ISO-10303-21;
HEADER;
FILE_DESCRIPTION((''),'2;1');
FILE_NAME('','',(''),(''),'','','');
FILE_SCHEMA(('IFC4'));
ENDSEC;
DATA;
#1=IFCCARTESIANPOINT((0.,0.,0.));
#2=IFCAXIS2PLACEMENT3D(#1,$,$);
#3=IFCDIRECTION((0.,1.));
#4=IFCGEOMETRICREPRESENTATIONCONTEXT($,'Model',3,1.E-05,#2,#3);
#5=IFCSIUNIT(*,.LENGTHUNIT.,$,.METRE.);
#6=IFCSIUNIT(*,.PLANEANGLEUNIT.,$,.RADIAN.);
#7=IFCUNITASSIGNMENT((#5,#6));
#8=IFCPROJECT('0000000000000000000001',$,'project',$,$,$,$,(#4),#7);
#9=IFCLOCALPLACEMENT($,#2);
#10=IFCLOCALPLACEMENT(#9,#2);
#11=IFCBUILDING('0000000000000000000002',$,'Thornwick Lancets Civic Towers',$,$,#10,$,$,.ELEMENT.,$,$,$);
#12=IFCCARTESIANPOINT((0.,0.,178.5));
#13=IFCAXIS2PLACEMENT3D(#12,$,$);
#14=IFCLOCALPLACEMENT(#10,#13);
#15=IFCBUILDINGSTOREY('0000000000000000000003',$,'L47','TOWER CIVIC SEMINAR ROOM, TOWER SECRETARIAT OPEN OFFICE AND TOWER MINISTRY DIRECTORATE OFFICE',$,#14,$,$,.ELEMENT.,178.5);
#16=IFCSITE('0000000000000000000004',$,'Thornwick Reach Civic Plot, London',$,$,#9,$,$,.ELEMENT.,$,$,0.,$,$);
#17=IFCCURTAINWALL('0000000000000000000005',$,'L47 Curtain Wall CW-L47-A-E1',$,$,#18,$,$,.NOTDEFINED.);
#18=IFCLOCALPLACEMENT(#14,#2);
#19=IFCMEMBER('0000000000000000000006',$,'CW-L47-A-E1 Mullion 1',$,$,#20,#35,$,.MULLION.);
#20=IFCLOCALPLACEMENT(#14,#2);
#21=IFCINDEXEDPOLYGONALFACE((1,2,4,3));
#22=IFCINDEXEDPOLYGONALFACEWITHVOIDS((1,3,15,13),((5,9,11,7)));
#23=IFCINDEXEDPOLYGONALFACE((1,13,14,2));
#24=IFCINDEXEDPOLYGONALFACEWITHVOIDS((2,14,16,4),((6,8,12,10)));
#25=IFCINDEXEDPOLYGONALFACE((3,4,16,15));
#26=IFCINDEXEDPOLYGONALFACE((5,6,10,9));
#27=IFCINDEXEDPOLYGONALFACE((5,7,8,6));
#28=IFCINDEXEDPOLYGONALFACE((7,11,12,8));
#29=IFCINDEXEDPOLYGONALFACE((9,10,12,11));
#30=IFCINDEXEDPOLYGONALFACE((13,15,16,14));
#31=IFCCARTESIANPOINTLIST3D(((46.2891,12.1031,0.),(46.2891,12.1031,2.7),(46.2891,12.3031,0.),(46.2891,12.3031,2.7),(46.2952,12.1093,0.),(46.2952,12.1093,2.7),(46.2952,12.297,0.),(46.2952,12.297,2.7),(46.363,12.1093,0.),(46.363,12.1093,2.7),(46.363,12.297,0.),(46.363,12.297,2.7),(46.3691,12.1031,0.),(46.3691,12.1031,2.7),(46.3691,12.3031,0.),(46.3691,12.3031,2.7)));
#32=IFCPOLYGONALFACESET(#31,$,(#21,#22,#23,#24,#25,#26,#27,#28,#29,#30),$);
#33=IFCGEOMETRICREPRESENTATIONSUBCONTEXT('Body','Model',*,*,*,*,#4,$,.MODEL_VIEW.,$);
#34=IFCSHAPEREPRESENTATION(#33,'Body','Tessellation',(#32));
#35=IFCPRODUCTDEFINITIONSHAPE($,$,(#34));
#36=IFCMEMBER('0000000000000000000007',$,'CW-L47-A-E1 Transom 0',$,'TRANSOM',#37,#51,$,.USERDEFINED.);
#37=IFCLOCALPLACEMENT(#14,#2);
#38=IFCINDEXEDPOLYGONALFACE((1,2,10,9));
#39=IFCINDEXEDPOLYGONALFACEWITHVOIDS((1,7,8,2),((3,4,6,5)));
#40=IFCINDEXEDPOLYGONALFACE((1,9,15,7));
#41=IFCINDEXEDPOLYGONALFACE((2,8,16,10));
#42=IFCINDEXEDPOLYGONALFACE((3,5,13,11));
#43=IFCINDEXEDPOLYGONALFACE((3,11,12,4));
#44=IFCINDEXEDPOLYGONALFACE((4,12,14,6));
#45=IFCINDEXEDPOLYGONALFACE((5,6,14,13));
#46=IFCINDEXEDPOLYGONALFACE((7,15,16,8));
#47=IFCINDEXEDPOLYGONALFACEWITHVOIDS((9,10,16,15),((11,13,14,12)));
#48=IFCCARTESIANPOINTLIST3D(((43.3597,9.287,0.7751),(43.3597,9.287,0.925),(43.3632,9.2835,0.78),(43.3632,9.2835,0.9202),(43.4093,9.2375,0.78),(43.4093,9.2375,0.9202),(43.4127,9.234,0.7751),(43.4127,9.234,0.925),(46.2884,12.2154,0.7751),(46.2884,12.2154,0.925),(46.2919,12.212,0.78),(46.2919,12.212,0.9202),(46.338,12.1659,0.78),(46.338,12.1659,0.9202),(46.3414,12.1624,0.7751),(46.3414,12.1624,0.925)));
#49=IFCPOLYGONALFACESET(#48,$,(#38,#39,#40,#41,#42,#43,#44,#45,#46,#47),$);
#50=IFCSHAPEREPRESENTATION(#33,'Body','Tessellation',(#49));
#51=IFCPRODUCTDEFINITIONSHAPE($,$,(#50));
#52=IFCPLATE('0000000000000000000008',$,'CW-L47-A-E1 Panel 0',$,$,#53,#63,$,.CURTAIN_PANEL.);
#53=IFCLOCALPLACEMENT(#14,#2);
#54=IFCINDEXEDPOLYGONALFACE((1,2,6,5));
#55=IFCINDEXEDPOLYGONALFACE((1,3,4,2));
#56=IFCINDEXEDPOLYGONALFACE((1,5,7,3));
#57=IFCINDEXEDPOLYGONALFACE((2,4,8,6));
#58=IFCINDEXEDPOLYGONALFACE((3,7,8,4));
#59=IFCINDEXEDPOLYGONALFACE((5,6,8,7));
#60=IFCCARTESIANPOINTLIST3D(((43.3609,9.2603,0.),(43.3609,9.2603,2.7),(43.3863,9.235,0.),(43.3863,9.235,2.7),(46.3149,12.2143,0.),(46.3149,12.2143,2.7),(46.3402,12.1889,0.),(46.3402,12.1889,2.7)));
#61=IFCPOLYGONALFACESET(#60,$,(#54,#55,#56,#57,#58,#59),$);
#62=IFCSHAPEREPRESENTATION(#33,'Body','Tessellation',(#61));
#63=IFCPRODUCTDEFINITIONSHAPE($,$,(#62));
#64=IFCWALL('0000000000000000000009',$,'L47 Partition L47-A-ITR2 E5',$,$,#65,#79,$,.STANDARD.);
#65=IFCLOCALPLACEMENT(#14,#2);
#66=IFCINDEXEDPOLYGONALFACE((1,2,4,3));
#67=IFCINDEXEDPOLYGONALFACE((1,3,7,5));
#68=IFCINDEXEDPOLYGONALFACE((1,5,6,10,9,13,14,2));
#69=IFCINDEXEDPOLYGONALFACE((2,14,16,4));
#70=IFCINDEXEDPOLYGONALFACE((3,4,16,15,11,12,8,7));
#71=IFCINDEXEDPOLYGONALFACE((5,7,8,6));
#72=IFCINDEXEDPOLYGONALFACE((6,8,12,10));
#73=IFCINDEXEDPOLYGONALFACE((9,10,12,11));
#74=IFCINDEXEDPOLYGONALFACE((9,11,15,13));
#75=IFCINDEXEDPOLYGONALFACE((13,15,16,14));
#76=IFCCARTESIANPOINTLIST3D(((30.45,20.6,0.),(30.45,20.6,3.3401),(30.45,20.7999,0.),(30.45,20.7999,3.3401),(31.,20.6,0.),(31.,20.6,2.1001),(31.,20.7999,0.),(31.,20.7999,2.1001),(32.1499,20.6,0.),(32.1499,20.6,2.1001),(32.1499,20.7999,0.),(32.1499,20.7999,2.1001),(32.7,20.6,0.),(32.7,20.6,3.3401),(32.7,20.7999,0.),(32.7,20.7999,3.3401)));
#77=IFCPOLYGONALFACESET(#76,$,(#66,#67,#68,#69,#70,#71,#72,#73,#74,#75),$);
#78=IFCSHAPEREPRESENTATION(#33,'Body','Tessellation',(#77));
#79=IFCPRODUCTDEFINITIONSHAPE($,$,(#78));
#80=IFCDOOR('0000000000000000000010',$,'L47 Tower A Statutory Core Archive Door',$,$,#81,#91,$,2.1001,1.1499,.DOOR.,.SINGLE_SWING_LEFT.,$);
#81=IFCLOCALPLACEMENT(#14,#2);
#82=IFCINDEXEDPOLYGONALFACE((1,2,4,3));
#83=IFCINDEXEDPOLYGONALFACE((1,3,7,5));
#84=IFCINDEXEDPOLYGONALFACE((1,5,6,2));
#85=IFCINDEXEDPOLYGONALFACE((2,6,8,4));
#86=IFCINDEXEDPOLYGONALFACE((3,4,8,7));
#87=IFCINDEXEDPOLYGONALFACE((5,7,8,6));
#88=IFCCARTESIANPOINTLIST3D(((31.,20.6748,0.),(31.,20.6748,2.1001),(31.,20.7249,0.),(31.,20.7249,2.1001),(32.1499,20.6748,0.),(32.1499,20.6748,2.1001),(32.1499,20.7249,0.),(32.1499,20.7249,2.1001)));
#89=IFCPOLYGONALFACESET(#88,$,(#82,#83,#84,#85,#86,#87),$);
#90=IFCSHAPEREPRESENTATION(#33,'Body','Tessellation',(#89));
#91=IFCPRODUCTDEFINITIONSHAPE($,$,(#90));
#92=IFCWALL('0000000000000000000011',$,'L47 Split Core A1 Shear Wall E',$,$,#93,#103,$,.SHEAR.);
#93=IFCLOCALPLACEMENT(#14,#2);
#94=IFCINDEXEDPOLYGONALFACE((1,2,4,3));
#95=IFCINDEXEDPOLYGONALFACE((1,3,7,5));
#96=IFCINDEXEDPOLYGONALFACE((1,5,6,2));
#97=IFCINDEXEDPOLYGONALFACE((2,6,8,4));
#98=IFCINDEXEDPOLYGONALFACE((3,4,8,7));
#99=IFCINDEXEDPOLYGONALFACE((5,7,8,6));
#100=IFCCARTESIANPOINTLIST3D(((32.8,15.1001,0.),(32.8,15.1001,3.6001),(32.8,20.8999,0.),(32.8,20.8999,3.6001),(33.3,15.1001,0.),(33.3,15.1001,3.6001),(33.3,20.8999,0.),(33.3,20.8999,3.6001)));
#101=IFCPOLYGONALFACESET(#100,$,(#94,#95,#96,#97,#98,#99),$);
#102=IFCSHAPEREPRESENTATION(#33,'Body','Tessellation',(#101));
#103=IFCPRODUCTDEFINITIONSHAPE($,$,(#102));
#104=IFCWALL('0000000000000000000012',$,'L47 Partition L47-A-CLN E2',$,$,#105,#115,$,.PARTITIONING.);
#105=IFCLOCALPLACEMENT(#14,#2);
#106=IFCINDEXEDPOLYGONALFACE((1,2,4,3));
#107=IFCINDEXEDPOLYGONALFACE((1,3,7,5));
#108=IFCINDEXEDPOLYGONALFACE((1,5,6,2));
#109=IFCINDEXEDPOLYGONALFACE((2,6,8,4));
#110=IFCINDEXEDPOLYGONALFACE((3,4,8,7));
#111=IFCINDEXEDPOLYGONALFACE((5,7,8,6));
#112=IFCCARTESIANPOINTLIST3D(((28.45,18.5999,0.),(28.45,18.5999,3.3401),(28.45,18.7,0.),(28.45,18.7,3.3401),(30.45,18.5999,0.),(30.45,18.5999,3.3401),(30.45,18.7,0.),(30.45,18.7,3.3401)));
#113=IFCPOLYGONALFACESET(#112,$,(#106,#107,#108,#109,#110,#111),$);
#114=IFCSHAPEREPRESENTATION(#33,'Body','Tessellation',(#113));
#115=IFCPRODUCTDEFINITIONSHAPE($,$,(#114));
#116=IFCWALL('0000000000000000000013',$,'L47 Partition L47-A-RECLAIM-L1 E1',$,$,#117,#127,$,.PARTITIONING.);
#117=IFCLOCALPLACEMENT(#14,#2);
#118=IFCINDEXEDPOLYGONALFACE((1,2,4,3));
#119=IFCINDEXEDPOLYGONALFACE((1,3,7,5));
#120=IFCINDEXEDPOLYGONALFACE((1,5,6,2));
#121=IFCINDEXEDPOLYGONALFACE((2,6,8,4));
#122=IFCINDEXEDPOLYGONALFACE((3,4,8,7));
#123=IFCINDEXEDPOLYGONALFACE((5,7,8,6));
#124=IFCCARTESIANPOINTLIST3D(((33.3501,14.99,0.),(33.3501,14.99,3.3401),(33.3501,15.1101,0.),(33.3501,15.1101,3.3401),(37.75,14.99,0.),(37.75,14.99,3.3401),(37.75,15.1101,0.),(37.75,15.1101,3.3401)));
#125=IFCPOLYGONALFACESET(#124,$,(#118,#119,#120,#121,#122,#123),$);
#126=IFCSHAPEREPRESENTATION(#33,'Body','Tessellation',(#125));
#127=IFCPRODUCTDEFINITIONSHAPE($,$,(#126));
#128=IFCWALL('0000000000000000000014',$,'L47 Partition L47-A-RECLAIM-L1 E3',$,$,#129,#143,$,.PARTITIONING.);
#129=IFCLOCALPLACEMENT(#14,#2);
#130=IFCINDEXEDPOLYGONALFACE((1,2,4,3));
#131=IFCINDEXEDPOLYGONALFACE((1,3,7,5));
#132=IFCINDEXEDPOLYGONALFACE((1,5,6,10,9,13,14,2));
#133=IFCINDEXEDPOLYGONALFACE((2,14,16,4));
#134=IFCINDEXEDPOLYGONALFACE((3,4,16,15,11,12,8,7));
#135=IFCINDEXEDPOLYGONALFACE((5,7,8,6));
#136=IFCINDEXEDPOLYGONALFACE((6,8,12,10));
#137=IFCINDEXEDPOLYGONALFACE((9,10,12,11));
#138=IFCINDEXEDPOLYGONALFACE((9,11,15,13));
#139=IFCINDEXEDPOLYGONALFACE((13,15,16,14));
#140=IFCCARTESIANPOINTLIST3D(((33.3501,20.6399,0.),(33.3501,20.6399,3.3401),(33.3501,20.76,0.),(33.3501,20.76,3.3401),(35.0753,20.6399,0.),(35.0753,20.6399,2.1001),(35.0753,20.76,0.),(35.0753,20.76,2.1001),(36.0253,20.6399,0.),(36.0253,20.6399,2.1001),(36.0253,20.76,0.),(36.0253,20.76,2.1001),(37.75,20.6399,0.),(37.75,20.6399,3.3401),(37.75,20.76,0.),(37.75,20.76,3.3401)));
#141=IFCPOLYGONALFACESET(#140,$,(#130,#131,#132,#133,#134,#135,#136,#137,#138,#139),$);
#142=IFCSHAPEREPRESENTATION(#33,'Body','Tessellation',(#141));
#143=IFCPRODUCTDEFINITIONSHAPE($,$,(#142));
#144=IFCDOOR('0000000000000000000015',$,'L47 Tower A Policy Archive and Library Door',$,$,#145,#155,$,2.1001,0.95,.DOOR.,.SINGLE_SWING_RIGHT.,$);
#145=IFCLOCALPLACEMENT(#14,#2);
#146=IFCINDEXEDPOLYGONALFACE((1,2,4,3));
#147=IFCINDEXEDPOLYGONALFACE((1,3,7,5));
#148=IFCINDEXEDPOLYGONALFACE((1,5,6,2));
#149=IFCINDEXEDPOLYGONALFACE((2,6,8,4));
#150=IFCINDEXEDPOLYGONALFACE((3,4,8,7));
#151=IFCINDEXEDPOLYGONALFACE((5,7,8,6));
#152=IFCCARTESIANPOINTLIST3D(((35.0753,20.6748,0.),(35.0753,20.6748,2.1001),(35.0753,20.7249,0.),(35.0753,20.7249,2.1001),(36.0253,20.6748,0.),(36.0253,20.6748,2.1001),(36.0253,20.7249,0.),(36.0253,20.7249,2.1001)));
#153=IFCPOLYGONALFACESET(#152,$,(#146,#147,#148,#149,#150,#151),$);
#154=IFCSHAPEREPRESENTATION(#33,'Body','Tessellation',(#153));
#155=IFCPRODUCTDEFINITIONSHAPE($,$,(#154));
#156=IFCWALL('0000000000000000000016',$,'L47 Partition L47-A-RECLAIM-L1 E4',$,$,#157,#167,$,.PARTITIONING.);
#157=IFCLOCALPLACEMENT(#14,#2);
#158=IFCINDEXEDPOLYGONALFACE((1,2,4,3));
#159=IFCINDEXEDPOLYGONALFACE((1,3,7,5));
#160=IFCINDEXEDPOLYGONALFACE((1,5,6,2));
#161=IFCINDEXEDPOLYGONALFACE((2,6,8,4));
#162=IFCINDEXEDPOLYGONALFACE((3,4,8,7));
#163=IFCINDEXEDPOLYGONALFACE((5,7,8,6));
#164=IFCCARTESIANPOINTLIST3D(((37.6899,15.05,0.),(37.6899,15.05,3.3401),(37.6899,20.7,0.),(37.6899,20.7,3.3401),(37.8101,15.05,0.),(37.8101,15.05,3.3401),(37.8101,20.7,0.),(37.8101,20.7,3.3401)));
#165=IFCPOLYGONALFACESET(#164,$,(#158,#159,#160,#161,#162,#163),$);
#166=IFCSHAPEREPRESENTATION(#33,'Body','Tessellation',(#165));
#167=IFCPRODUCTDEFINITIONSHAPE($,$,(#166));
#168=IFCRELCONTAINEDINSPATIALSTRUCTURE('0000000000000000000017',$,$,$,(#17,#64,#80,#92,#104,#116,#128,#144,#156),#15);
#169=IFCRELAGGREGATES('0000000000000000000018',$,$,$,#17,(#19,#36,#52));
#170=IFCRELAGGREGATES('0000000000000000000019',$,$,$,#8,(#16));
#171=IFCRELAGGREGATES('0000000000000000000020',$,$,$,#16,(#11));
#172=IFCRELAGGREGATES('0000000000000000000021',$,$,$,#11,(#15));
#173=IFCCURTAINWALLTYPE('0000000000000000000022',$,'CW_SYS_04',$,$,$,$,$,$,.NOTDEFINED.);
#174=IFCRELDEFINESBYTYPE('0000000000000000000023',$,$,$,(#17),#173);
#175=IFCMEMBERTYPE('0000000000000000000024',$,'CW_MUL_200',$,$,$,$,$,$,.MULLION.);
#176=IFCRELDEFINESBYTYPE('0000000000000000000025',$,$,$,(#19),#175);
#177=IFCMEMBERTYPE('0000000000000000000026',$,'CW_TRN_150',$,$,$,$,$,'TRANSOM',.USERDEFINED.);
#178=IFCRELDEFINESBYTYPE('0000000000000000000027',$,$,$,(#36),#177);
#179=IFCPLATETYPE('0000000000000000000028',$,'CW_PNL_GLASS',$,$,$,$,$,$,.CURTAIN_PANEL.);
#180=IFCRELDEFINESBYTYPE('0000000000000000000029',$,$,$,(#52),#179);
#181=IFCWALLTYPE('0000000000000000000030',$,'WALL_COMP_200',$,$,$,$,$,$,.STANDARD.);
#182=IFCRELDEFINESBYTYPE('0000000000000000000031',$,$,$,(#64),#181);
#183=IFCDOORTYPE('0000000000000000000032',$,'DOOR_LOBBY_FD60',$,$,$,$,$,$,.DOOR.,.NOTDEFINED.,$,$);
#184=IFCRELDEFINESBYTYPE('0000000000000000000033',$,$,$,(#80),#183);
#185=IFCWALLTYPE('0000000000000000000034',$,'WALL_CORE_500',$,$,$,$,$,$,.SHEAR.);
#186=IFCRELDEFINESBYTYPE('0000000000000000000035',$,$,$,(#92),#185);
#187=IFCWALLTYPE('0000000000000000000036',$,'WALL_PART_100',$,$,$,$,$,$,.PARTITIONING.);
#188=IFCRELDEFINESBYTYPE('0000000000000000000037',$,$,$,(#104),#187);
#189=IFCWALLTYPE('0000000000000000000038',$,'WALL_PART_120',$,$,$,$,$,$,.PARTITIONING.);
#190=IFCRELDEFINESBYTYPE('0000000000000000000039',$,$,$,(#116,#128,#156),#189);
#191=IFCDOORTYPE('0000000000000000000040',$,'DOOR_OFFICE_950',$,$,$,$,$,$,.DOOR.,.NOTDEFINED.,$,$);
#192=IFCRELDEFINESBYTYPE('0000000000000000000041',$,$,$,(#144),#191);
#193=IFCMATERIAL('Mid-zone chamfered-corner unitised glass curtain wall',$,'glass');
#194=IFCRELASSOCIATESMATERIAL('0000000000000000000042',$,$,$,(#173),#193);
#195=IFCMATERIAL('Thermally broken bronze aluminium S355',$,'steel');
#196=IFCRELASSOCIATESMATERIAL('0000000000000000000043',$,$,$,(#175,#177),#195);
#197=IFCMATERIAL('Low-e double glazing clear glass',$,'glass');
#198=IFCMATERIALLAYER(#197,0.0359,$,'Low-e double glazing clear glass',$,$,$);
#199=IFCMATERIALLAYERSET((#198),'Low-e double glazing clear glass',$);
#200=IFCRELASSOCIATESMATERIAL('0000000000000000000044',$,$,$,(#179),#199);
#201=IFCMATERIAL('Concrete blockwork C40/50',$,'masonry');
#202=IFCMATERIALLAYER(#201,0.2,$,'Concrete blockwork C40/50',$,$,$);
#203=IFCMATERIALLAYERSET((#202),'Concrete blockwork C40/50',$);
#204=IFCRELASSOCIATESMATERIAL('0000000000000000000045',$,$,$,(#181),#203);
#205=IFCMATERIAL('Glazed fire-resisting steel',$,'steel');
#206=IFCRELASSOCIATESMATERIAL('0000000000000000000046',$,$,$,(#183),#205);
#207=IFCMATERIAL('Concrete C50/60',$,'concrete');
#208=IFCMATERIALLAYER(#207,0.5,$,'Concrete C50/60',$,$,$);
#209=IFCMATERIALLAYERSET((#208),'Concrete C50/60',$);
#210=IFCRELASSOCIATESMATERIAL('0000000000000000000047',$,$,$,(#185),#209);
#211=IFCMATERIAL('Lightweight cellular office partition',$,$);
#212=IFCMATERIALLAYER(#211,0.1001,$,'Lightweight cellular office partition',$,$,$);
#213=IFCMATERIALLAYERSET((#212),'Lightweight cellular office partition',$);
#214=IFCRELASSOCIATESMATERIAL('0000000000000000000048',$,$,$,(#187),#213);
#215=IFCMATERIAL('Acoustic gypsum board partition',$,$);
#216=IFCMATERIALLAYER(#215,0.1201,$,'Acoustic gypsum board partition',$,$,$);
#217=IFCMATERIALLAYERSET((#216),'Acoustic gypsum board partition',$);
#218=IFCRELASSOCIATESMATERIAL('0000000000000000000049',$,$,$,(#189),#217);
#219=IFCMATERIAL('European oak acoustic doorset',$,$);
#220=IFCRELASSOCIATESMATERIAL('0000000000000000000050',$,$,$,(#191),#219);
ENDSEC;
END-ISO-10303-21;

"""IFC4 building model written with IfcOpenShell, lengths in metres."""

from ifc_helpers import new_model, si_unit, direction, frame, frame_2d, origin, origin_2d, place, context, subcontext, project, spatial, rectangle, hollow_rectangle, extrude, material, layer, layer_set, material_profile, profile_set, type_object, element, fill, aggregate, save


model = new_model("IFC4")

# Units and contexts
model_context = context("Model", 3, precision=1e-05, world=origin(), true_north=direction((0.0, 1.0)))
body_context = subcontext(model_context, "Body", "Model", "MODEL_VIEW")
ifc_project = project(units=[si_unit("LENGTHUNIT", "METRE"), si_unit("PLANEANGLEUNIT", "RADIAN")], contexts=[model_context])

# Site, building, storey
site_placement = place(None, origin())
site = spatial("IfcSite", under=ifc_project, at=site_placement, Name="Thornwick Reach Civic Plot, London", CompositionType="ELEMENT", RefElevation=0.0)
building_placement = place(site_placement, origin())
building = spatial("IfcBuilding", under=site, at=building_placement, Name="Thornwick Lancets Civic Towers", CompositionType="ELEMENT")
storey_placement = place(building_placement, frame((0.0, 0.0, 178.5)))
storey = spatial("IfcBuildingStorey", under=building, at=storey_placement, Name="L47", Description="TOWER CIVIC SEMINAR ROOM, TOWER SECRETARIAT OPEN OFFICE AND TOWER MINISTRY DIRECTORATE OFFICE", CompositionType="ELEMENT", Elevation=178.5)

# Shared definitions
ifc_material_1 = material(Name="Concrete C50/60", Category="concrete")

# Curtain wall, members, plate
ifc_material_2 = material(Name="Mid-zone chamfered-corner unitised glass curtain wall", Category="glass")
curtain_wall_type = type_object("IfcCurtainWallType", Name="CW_SYS_04", PredefinedType="NOTDEFINED", material=ifc_material_2)
curtain_wall_placement = place(storey_placement, origin())
curtain_wall = element("IfcCurtainWall", 1, at=curtain_wall_placement, inside=storey, type_object=curtain_wall_type, Name="L47 Curtain Wall CW-L47-A-E1", PredefinedType="NOTDEFINED")
ifc_material_3 = material(Name="Thermally broken bronze aluminium S355", Category="steel")
ifc_material_profile_1 = material_profile(ifc_material_3, hollow_rectangle(XDim=0.0801, YDim=0.2, WallThickness=0.0061, at=origin_2d()), Name="RHS 200x80x6")
ifc_profile_set_1 = profile_set([ifc_material_profile_1], Name="Thermally broken bronze aluminium S355")
member_type_1 = type_object("IfcMemberType", Name="CW_MUL_200", PredefinedType="MULLION", material=ifc_profile_set_1)
member_1_placement = place(storey_placement, frame((46.3291, 12.2031, 0.0), z_axis=(0.0, 0.0, 1.0), x_axis=(1.0, 0.0, 0.0)))
member_1 = element("IfcMember", 2, at=member_1_placement, type_object=member_type_1, Name="CW-L47-A-E1 Mullion 1", PredefinedType="MULLION", context=body_context, shape_type="SweptSolid", body=[
    extrude(hollow_rectangle(XDim=0.0801, YDim=0.2, WallThickness=0.0061, at=origin_2d()), origin(), (0.0, 0.0, 1.0), 2.7),
])
ifc_material_profile_2 = material_profile(ifc_material_3, hollow_rectangle(XDim=0.075, YDim=0.1499, WallThickness=0.0049, at=origin_2d()), Name="RHS 150x75x5")
ifc_profile_set_2 = profile_set([ifc_material_profile_2], Name="Thermally broken bronze aluminium S355")
member_type_2 = type_object("IfcMemberType", Name="CW_TRN_150", ElementType="TRANSOM", PredefinedType="USERDEFINED", material=ifc_profile_set_2)
member_2_placement = place(storey_placement, frame((43.3862, 9.2605, 0.8501), z_axis=(0.707136, 0.707077, 0.0), x_axis=(-0.707077, 0.707136, 0.0)))
member_2 = element("IfcMember", 3, at=member_2_placement, type_object=member_type_2, Name="CW-L47-A-E1 Transom 0", ObjectType="TRANSOM", PredefinedType="USERDEFINED", context=body_context, shape_type="SweptSolid", body=[
    extrude(hollow_rectangle(XDim=0.075, YDim=0.1499, WallThickness=0.0049, at=origin_2d()), origin(), (0.0, 0.0, 1.0), 4.1416),
])
ifc_material_4 = material(Name="Low-e double glazing clear glass", Category="glass")
ifc_layer_1 = layer(ifc_material_4, 0.0359, Name="Low-e double glazing clear glass")
ifc_layer_set_1 = layer_set([ifc_layer_1], Name="Low-e double glazing clear glass")
plate_type = type_object("IfcPlateType", Name="CW_PNL_GLASS", PredefinedType="CURTAIN_PANEL", material=ifc_layer_set_1)
plate_placement = place(storey_placement, frame((44.8506, 10.7246, 0.0), z_axis=(0.0, 0.0, 1.0), x_axis=(0.707107, 0.707107, 0.0)))
plate = element("IfcPlate", 4, at=plate_placement, type_object=plate_type, Name="CW-L47-A-E1 Panel 0", PredefinedType="CURTAIN_PANEL", context=body_context, shape_type="SweptSolid", body=[
    extrude(rectangle(XDim=4.1775, YDim=0.0359, at=origin_2d()), origin(), (0.0, 0.0, 1.0), 2.7),
])
aggregate(curtain_wall, [member_1, member_2, plate])

# Wall, opening, door
ifc_material_5 = material(Name="Concrete blockwork C40/50", Category="masonry")
ifc_layer_2 = layer(ifc_material_5, 0.2, Name="Concrete blockwork C40/50")
ifc_layer_set_2 = layer_set([ifc_layer_2], Name="Concrete blockwork C40/50")
wall_type_1 = type_object("IfcWallType", Name="WALL_COMP_200", PredefinedType="STANDARD", material=ifc_layer_set_2)
wall_1_placement = place(storey_placement, frame((30.45, 20.7, 0.0), z_axis=(0.0, 0.0, 1.0), x_axis=(1.0, 0.0, 0.0)))
wall_1 = element("IfcWall", 5, at=wall_1_placement, inside=storey, type_object=wall_type_1, Name="L47 Partition L47-A-ITR2 E5", PredefinedType="STANDARD", context=body_context, shape_type="SweptSolid", body=[
    extrude(rectangle(XDim=2.25, YDim=0.2, at=frame_2d((1.125, 0.0))), origin(), (0.0, 0.0, 1.0), 3.3401),
])
opening_1_placement = place(wall_1_placement, frame((0.55, 0.0, 0.0)))
opening_1 = element("IfcOpeningElement", 6, at=opening_1_placement, cuts=wall_1, PredefinedType="OPENING", context=body_context, shape_type="SweptSolid", body=[
    extrude(rectangle(XDim=1.1499, YDim=2.1001, at=frame_2d((0.575, 1.05))), frame((0.0, 0.1099, 0.0), z_axis=(0.0, -1.0, 0.0), x_axis=(1.0, 0.0, 0.0)), (0.0, 0.0, 1.0), 0.22),
])
ifc_material_6 = material(Name="Glazed fire-resisting steel", Category="steel")
door_type_1 = type_object("IfcDoorType", Name="DOOR_LOBBY_FD60", OperationType="NOTDEFINED", PredefinedType="DOOR", material=ifc_material_6)
door_1_placement = place(opening_1_placement, origin())
door_1 = element("IfcDoor", 7, at=door_1_placement, inside=storey, type_object=door_type_1, Name="L47 Tower A Statutory Core Archive Door", OperationType="SINGLE_SWING_LEFT", OverallHeight=2.1001, OverallWidth=1.1499, PredefinedType="DOOR", context=body_context, shape_type="SweptSolid", body=[
    extrude(rectangle(XDim=1.1499, YDim=2.1001, at=frame_2d((0.575, 1.05))), frame((0.0, 0.0249, 0.0), z_axis=(0.0, -1.0, 0.0), x_axis=(1.0, 0.0, 0.0)), (0.0, 0.0, 1.0), 0.05),
])
fill(opening_1, door_1)

# Walls
ifc_layer_3 = layer(ifc_material_1, 0.5, Name="Concrete C50/60")
ifc_layer_set_3 = layer_set([ifc_layer_3], Name="Concrete C50/60")
wall_type_2 = type_object("IfcWallType", Name="WALL_CORE_500", PredefinedType="SHEAR", material=ifc_layer_set_3)
wall_2_placement = place(storey_placement, frame((33.05, 15.1001, 0.0), z_axis=(0.0, 0.0, 1.0), x_axis=(0.0, 1.0, 0.0)))
element("IfcWall", 8, at=wall_2_placement, inside=storey, type_object=wall_type_2, Name="L47 Split Core A1 Shear Wall E", PredefinedType="SHEAR", context=body_context, shape_type="SweptSolid", body=[
    extrude(rectangle(XDim=5.7998, YDim=0.5, at=frame_2d((2.8999, 0.0))), origin(), (0.0, 0.0, 1.0), 3.6001),
])
ifc_material_7 = material(Name="Lightweight cellular office partition")
ifc_layer_4 = layer(ifc_material_7, 0.1001, Name="Lightweight cellular office partition")
ifc_layer_set_4 = layer_set([ifc_layer_4], Name="Lightweight cellular office partition")
wall_type_3 = type_object("IfcWallType", Name="WALL_PART_100", PredefinedType="PARTITIONING", material=ifc_layer_set_4)
wall_3_placement = place(storey_placement, frame((30.45, 18.6499, 0.0), z_axis=(0.0, 0.0, 1.0), x_axis=(-1.0, 0.0, 0.0)))
element("IfcWall", 9, at=wall_3_placement, inside=storey, type_object=wall_type_3, Name="L47 Partition L47-A-CLN E2", PredefinedType="PARTITIONING", context=body_context, shape_type="SweptSolid", body=[
    extrude(rectangle(XDim=2.0, YDim=0.1001, at=frame_2d((1.0, 0.0))), origin(), (0.0, 0.0, 1.0), 3.3401),
])
ifc_material_8 = material(Name="Acoustic gypsum board partition")
ifc_layer_5 = layer(ifc_material_8, 0.1201, Name="Acoustic gypsum board partition")
ifc_layer_set_5 = layer_set([ifc_layer_5], Name="Acoustic gypsum board partition")
wall_type_4 = type_object("IfcWallType", Name="WALL_PART_120", PredefinedType="PARTITIONING", material=ifc_layer_set_5)
wall_4_placement = place(storey_placement, frame((37.75, 15.05, 0.0), z_axis=(0.0, 0.0, 1.0), x_axis=(-1.0, 0.0, 0.0)))
element("IfcWall", 10, at=wall_4_placement, inside=storey, type_object=wall_type_4, Name="L47 Partition L47-A-RECLAIM-L1 E1", PredefinedType="PARTITIONING", context=body_context, shape_type="SweptSolid", body=[
    extrude(rectangle(XDim=4.3999, YDim=0.1201, at=frame_2d((2.2, 0.0))), origin(), (0.0, 0.0, 1.0), 3.3401),
])

# Wall, opening, door
wall_5_placement = place(storey_placement, frame((33.3501, 20.7, 0.0), z_axis=(0.0, 0.0, 1.0), x_axis=(1.0, 0.0, 0.0)))
wall_5 = element("IfcWall", 11, at=wall_5_placement, inside=storey, type_object=wall_type_4, Name="L47 Partition L47-A-RECLAIM-L1 E3", PredefinedType="PARTITIONING", context=body_context, shape_type="SweptSolid", body=[
    extrude(rectangle(XDim=4.3999, YDim=0.1201, at=frame_2d((2.2, 0.0))), origin(), (0.0, 0.0, 1.0), 3.3401),
])
opening_2_placement = place(wall_5_placement, frame((1.7251, 0.0, 0.0)))
opening_2 = element("IfcOpeningElement", 12, at=opening_2_placement, cuts=wall_5, PredefinedType="OPENING", context=body_context, shape_type="SweptSolid", body=[
    extrude(rectangle(XDim=0.95, YDim=2.1001, at=frame_2d((0.4751, 1.05))), frame((0.0, 0.0701, 0.0), z_axis=(0.0, -1.0, 0.0), x_axis=(1.0, 0.0, 0.0)), (0.0, 0.0, 1.0), 0.1401),
])
ifc_material_9 = material(Name="European oak acoustic doorset")
door_type_2 = type_object("IfcDoorType", Name="DOOR_OFFICE_950", OperationType="NOTDEFINED", PredefinedType="DOOR", material=ifc_material_9)
door_2_placement = place(opening_2_placement, origin())
door_2 = element("IfcDoor", 13, at=door_2_placement, inside=storey, type_object=door_type_2, Name="L47 Tower A Policy Archive and Library Door", OperationType="SINGLE_SWING_RIGHT", OverallHeight=2.1001, OverallWidth=0.95, PredefinedType="DOOR", context=body_context, shape_type="SweptSolid", body=[
    extrude(rectangle(XDim=0.95, YDim=2.1001, at=frame_2d((0.4751, 1.05))), frame((0.0, 0.0249, 0.0), z_axis=(0.0, -1.0, 0.0), x_axis=(1.0, 0.0, 0.0)), (0.0, 0.0, 1.0), 0.05),
])
fill(opening_2, door_2)

# Wall
wall_6_placement = place(storey_placement, frame((37.75, 20.7, 0.0), z_axis=(0.0, 0.0, 1.0), x_axis=(0.0, -1.0, 0.0)))
element("IfcWall", 14, at=wall_6_placement, inside=storey, type_object=wall_type_4, Name="L47 Partition L47-A-RECLAIM-L1 E4", PredefinedType="PARTITIONING", context=body_context, shape_type="SweptSolid", body=[
    extrude(rectangle(XDim=5.6499, YDim=0.1201, at=frame_2d((2.825, 0.0))), origin(), (0.0, 0.0, 1.0), 3.3401),
])

save(model, "model.ifc")
